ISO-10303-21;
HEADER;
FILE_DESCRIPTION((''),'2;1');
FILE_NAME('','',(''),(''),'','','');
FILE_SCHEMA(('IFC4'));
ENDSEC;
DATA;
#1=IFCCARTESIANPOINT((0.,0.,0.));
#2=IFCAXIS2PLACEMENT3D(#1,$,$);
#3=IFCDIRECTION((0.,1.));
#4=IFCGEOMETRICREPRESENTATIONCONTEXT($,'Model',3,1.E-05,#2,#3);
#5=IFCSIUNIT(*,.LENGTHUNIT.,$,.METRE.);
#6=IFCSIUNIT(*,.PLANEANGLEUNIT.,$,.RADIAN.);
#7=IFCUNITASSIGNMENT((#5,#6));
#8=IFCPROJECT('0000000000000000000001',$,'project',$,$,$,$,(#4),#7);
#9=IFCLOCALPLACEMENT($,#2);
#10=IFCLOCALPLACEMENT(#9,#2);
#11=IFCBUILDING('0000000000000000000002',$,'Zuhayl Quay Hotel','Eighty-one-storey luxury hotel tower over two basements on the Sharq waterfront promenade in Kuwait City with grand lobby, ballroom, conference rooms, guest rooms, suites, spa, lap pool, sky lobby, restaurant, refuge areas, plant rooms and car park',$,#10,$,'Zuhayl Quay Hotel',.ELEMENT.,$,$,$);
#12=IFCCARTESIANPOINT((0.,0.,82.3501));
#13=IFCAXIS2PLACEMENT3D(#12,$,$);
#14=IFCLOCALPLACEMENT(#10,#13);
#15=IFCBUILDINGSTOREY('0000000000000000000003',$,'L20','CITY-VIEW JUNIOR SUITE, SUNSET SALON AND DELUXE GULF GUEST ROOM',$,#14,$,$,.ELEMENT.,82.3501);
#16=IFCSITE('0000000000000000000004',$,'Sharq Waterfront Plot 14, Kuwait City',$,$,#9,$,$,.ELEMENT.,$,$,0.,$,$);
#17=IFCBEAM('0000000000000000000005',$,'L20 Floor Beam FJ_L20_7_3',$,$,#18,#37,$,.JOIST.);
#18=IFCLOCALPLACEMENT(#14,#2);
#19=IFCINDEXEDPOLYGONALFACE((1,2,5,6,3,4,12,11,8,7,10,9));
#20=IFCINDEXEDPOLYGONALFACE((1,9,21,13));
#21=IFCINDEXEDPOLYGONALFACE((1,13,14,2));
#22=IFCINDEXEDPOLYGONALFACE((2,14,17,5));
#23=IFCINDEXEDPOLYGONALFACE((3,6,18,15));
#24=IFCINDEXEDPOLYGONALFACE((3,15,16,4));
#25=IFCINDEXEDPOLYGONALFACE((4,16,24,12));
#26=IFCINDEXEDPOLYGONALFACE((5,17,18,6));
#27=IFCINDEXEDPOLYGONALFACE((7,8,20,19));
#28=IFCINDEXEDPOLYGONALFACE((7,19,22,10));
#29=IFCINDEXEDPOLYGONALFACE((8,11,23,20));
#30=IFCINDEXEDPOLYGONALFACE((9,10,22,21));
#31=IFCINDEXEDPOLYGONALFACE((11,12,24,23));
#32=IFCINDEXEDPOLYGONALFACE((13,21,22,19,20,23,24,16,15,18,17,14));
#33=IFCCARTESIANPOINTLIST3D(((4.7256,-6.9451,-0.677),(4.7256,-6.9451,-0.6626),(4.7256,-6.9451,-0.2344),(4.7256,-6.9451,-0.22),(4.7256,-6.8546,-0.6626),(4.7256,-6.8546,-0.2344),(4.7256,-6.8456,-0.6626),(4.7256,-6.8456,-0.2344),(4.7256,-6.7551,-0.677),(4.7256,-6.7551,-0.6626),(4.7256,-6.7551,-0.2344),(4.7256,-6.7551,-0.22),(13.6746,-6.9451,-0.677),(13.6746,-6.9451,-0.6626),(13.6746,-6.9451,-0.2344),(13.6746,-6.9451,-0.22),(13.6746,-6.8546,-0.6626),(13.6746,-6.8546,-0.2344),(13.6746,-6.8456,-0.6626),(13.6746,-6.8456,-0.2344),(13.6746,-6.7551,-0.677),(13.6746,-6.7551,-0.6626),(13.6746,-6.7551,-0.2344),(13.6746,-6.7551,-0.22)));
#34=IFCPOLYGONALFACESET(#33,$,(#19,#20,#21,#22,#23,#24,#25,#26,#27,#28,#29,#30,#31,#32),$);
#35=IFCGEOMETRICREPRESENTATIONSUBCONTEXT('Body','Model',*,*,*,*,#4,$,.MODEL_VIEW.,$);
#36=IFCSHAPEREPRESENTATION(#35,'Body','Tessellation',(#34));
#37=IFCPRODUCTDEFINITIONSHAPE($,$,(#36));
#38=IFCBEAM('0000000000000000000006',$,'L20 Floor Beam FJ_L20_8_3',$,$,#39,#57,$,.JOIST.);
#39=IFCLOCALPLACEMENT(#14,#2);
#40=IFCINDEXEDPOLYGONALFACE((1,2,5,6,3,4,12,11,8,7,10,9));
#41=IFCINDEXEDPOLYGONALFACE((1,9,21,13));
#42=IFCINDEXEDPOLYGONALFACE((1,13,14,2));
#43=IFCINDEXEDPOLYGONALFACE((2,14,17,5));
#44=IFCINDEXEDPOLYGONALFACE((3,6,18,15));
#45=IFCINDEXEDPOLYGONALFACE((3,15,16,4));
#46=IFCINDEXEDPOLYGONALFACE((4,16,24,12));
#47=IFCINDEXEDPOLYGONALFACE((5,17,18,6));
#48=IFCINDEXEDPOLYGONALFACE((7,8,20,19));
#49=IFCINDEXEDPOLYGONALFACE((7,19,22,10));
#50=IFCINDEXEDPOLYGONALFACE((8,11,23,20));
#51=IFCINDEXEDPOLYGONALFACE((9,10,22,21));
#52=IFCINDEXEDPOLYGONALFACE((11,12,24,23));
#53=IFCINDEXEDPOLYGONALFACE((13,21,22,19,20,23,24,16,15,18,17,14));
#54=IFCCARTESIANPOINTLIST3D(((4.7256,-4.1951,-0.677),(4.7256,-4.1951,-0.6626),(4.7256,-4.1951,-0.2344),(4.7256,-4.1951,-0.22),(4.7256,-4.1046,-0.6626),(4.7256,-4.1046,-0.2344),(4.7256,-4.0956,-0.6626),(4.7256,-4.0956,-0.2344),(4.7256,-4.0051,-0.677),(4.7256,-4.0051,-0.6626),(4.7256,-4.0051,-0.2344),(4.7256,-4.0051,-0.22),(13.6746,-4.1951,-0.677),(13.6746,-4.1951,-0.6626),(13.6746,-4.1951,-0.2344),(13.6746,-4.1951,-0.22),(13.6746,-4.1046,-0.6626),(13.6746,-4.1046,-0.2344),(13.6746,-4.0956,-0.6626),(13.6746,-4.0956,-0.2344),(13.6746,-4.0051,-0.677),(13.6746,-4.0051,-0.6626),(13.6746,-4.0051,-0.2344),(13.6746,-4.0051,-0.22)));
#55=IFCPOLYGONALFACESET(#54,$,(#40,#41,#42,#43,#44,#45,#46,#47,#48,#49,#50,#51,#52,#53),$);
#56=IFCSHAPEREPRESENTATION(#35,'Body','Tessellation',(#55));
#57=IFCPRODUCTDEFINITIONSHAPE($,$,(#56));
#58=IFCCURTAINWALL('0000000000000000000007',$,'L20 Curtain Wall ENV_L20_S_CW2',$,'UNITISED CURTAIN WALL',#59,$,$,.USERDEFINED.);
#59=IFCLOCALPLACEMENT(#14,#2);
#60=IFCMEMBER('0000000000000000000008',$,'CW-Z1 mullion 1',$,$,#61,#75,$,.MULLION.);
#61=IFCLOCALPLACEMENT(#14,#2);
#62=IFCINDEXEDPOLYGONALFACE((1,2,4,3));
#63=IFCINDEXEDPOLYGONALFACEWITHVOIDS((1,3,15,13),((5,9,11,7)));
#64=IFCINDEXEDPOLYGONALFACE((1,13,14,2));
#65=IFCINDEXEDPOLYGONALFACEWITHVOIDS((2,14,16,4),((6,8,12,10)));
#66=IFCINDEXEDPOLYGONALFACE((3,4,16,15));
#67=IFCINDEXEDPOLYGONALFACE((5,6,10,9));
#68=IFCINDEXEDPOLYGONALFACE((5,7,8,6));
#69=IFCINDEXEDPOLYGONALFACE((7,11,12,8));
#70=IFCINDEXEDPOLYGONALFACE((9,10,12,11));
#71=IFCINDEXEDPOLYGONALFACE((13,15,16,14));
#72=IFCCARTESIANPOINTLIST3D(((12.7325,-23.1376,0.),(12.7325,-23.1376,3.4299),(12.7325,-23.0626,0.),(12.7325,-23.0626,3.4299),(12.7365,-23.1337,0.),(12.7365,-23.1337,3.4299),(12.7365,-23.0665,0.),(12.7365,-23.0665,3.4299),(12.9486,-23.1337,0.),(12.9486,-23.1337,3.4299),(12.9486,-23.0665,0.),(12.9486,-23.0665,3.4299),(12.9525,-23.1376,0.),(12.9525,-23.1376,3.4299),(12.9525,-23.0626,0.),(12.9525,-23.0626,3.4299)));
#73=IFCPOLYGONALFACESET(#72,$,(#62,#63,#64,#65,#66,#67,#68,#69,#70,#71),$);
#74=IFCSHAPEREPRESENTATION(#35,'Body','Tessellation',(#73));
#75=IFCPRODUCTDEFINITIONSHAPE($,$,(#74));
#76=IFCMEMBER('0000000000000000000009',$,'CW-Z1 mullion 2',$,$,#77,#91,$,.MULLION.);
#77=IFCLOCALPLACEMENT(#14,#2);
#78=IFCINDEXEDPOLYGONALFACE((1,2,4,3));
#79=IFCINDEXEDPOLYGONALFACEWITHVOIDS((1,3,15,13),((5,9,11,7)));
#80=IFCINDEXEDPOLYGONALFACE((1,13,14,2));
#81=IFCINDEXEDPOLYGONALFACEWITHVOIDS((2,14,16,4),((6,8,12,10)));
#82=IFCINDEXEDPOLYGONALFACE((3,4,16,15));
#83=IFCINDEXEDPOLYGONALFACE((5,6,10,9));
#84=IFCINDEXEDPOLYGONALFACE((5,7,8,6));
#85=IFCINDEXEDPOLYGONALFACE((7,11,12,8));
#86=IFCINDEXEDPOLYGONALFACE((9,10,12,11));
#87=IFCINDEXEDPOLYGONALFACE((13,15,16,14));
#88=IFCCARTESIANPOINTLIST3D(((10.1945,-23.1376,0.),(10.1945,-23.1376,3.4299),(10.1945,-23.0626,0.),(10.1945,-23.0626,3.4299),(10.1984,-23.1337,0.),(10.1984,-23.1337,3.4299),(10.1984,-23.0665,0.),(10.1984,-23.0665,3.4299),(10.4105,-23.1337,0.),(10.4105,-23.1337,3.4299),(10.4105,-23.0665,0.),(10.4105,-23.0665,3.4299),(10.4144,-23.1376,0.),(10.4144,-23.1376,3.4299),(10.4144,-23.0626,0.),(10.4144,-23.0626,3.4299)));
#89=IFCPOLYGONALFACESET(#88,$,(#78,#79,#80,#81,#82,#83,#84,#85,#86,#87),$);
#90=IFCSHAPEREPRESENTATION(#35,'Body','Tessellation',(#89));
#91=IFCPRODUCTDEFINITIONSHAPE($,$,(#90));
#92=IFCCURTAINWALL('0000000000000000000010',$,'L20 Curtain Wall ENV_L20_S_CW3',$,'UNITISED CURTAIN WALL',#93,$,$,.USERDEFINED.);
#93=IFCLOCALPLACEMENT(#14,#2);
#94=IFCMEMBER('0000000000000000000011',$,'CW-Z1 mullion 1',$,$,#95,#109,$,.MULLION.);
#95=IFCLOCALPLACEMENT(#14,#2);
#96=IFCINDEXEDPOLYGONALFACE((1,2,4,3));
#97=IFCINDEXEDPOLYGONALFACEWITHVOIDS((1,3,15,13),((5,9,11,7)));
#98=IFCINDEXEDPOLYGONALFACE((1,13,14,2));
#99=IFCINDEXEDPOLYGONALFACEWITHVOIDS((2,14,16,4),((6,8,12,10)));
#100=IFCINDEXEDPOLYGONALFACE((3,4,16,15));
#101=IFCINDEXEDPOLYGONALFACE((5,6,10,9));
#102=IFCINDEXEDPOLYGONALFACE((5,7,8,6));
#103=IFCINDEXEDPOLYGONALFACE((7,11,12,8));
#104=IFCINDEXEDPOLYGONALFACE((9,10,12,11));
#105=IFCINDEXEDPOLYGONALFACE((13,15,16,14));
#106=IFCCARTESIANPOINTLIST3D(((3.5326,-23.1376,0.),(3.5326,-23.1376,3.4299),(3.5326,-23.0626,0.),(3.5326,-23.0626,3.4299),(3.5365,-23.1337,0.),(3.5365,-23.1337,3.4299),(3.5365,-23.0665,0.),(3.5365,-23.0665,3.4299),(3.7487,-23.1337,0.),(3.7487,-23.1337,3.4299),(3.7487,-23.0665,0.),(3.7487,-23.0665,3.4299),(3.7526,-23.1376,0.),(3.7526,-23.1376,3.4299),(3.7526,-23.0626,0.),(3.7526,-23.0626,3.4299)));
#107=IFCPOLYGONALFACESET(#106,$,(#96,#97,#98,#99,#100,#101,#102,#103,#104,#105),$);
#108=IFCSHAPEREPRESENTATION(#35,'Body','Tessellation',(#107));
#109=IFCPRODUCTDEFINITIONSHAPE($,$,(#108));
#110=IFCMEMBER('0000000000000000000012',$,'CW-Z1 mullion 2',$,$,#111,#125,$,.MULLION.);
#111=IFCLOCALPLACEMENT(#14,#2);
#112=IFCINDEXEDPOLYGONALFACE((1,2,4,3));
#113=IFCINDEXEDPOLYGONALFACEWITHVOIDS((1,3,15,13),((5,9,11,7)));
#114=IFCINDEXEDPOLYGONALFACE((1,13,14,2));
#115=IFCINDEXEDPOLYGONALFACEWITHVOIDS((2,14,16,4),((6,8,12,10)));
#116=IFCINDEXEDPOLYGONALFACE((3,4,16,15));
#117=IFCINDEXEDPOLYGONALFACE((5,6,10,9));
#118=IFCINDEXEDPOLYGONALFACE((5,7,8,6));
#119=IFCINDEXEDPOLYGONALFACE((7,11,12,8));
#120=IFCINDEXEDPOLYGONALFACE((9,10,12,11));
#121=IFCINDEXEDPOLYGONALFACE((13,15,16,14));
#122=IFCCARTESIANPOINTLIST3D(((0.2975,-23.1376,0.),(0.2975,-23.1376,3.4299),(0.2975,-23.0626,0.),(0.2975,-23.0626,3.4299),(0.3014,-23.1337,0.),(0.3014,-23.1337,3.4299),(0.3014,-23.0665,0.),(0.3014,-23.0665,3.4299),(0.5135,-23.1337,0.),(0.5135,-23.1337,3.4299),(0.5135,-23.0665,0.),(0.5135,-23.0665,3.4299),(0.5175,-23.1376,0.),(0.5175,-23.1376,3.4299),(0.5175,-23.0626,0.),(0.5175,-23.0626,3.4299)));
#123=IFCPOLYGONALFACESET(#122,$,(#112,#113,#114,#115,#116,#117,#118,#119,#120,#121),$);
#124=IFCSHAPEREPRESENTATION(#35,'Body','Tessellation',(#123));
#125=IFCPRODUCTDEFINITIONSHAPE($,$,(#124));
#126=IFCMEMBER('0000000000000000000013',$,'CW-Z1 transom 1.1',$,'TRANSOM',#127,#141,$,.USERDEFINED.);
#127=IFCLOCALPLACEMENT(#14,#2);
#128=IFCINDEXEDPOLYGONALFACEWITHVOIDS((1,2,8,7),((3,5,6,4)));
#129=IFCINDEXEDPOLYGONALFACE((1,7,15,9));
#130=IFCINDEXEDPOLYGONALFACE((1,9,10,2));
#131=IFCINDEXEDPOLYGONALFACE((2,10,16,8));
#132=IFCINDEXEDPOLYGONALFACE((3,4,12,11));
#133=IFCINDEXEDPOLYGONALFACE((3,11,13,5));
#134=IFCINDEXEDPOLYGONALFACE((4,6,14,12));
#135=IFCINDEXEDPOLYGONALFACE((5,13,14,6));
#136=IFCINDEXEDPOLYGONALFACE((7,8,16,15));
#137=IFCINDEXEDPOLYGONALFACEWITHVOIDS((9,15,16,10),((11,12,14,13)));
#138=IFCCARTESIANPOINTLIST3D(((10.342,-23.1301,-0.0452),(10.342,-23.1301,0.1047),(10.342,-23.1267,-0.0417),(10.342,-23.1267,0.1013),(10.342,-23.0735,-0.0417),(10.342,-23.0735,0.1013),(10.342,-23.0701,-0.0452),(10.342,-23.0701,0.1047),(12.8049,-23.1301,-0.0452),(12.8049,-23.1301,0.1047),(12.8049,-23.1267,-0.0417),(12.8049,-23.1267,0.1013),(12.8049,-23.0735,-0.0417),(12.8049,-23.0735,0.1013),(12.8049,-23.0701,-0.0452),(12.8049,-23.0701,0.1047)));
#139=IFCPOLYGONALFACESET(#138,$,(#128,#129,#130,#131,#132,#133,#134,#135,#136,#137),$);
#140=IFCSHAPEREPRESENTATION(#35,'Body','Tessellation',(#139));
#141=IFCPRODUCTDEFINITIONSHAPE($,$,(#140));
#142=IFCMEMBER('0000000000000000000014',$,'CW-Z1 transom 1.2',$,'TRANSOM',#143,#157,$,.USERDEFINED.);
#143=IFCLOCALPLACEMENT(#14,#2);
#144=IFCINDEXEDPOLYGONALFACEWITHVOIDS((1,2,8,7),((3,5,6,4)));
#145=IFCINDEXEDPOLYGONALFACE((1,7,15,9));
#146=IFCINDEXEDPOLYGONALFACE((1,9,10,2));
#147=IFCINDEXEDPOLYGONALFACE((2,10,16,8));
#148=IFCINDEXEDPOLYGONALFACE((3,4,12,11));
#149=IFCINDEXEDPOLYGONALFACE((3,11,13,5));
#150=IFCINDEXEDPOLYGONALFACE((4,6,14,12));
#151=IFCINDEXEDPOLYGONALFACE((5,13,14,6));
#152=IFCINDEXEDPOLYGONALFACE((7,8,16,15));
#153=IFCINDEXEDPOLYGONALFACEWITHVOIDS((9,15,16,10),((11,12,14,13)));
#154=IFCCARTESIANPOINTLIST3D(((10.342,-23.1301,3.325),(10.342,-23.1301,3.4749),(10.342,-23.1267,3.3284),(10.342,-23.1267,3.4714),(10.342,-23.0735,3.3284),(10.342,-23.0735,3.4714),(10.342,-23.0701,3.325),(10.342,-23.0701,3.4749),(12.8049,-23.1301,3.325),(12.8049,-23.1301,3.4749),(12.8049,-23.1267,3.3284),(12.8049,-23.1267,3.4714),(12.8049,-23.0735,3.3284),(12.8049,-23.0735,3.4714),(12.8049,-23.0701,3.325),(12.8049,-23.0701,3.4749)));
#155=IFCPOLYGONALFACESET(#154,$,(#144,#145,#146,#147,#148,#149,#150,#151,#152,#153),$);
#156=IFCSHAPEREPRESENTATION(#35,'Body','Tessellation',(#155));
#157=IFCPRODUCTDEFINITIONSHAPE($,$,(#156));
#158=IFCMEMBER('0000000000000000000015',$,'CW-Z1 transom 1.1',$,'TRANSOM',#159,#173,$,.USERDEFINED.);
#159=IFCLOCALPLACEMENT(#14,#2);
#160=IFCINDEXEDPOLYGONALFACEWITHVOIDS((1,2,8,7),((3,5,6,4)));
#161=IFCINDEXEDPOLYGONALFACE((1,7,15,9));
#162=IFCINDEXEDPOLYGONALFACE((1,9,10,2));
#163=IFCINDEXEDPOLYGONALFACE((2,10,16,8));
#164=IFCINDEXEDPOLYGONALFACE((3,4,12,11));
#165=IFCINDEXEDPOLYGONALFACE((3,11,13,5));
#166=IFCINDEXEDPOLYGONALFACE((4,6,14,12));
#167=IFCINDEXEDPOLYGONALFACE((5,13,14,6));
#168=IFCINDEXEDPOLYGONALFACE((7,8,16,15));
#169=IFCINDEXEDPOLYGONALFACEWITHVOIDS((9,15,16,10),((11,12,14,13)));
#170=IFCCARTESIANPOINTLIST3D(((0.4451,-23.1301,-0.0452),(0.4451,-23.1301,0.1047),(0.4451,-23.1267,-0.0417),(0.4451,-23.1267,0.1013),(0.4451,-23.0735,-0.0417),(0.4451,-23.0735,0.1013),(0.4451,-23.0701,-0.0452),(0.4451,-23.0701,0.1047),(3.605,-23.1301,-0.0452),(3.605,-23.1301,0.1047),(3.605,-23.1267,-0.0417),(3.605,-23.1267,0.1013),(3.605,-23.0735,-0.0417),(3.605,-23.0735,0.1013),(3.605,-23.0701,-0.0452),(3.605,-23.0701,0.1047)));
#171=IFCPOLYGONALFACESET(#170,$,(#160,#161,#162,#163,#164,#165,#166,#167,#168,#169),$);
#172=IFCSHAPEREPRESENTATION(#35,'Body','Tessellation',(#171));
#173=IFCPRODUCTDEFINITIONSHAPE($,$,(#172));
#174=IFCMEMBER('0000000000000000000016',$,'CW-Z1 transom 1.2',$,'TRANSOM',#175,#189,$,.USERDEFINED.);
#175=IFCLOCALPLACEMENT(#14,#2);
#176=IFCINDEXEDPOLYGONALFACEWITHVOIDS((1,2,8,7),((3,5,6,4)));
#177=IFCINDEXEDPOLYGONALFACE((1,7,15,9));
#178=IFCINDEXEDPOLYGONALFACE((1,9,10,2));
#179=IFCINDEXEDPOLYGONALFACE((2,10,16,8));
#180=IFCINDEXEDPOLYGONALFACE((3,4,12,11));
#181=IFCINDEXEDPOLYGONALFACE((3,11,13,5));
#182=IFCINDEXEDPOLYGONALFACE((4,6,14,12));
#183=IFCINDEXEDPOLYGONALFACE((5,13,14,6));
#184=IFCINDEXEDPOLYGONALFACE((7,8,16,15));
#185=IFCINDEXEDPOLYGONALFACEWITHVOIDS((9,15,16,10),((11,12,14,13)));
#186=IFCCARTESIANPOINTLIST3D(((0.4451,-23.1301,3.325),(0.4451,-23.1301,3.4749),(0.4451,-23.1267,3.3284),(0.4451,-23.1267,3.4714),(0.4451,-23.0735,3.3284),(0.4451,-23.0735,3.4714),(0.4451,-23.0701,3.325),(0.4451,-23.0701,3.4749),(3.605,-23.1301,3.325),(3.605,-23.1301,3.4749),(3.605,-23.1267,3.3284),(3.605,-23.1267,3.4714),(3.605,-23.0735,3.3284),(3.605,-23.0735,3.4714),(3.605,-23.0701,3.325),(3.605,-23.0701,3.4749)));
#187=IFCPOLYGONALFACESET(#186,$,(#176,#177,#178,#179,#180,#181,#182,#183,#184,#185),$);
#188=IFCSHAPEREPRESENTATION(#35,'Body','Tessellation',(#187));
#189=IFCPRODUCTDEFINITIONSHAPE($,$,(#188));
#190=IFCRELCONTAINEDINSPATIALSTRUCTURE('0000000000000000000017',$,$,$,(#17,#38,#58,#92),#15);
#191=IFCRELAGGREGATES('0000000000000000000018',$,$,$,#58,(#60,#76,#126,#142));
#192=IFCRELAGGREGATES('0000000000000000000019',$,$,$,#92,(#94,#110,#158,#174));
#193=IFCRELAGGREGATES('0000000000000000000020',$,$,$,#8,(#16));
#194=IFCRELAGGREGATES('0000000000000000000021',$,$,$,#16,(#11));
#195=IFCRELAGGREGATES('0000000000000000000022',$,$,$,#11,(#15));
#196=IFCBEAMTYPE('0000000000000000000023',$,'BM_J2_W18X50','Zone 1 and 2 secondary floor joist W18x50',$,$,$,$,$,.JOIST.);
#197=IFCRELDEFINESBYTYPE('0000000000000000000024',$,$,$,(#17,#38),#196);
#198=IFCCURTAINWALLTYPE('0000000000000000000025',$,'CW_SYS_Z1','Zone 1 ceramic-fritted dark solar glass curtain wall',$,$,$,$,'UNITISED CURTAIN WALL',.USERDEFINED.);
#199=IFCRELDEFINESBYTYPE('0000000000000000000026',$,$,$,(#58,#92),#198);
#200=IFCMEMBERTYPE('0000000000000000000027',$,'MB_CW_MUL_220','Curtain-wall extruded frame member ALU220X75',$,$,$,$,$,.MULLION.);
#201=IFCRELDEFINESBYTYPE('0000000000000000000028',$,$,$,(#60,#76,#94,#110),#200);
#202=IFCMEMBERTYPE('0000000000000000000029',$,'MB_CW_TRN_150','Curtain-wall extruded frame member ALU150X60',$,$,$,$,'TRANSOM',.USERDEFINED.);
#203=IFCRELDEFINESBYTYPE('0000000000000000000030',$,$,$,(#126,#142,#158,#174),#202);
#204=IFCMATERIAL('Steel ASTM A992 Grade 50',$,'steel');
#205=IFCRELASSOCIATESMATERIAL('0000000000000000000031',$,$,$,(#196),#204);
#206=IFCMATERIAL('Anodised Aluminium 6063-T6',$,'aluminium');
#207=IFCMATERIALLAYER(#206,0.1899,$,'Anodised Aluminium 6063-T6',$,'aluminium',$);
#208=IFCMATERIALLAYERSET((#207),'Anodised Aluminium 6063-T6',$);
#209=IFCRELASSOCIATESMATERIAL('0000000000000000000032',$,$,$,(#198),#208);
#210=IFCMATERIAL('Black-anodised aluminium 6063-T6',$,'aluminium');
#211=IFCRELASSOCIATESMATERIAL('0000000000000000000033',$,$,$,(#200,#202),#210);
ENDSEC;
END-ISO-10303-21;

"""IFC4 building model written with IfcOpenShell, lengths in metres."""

from ifc_helpers import new_model, si_unit, direction, frame, origin, origin_2d, place, context, subcontext, project, spatial, hollow_rectangle, i_section, extrude, material, layer, layer_set, material_profile, profile_set, type_object, element, aggregate, save


model = new_model("IFC4")

# Units and contexts
model_context = context("Model", 3, precision=1e-05, world=origin(), true_north=direction((0.0, 1.0)))
body_context = subcontext(model_context, "Body", "Model", "MODEL_VIEW")
ifc_project = project(units=[si_unit("LENGTHUNIT", "METRE"), si_unit("PLANEANGLEUNIT", "RADIAN")], contexts=[model_context])

# Site, building, storey
site_placement = place(None, origin())
site = spatial("IfcSite", under=ifc_project, at=site_placement, Name="Sharq Waterfront Plot 14, Kuwait City", CompositionType="ELEMENT", RefElevation=0.0)
building_placement = place(site_placement, origin())
building = spatial("IfcBuilding", under=site, at=building_placement, Name="Zuhayl Quay Hotel", Description="Eighty-one-storey luxury hotel tower over two basements on the Sharq waterfront promenade in Kuwait City with grand lobby, ballroom, conference rooms, guest rooms, suites, spa, lap pool, sky lobby, restaurant, refuge areas, plant rooms and car park", LongName="Zuhayl Quay Hotel", CompositionType="ELEMENT")
storey_placement = place(building_placement, frame((0.0, 0.0, 82.3501)))
storey = spatial("IfcBuildingStorey", under=building, at=storey_placement, Name="L20", Description="CITY-VIEW JUNIOR SUITE, SUNSET SALON AND DELUXE GULF GUEST ROOM", CompositionType="ELEMENT", Elevation=82.3501)

# Beams
ifc_material_1 = material(Name="Steel ASTM A992 Grade 50", Category="steel")
ifc_material_profile_1 = material_profile(ifc_material_1, i_section(OverallWidth=0.1899, OverallDepth=0.457, WebThickness=0.009, FlangeThickness=0.0144, at=origin_2d()), Name="W18X50")
ifc_profile_set_1 = profile_set([ifc_material_profile_1], Name="Steel ASTM A992 Grade 50")
beam_type_1 = type_object("IfcBeamType", Name="BM_J2_W18X50", Description="Zone 1 and 2 secondary floor joist W18x50", PredefinedType="JOIST", material=ifc_profile_set_1)
for number, where, z_axis, x_axis, name in (
    (1, (4.7256, -6.8501, -0.4485), (1.0, 0.0, 0.0), (0.0, 1.0, 0.0), "L20 Floor Beam FJ_L20_7_3"),
    (2, (4.7256, -4.1001, -0.4485), (1.0, 0.0, 0.0), (0.0, 1.0, 0.0), "L20 Floor Beam FJ_L20_8_3"),
):
    element("IfcBeam", number, at=place(storey_placement, frame(where, z_axis=z_axis, x_axis=x_axis)), inside=storey, type_object=beam_type_1, Name=name, PredefinedType="JOIST", context=body_context, shape_type="SweptSolid", body=[
        extrude(i_section(OverallWidth=0.1899, OverallDepth=0.457, WebThickness=0.009, FlangeThickness=0.0144, at=origin_2d()), origin(), (0.0, 0.0, 1.0), 8.949),
    ])

# Curtain walls, members
ifc_material_2 = material(Name="Anodised Aluminium 6063-T6", Category="aluminium")
ifc_layer_1 = layer(ifc_material_2, 0.1899, Name="Anodised Aluminium 6063-T6", Category="aluminium")
ifc_layer_set_1 = layer_set([ifc_layer_1], Name="Anodised Aluminium 6063-T6")
curtain_wall_type = type_object("IfcCurtainWallType", Name="CW_SYS_Z1", Description="Zone 1 ceramic-fritted dark solar glass curtain wall", ElementType="UNITISED CURTAIN WALL", PredefinedType="USERDEFINED", material=ifc_layer_set_1)
curtain_wall_1_placement = place(storey_placement, origin())
curtain_wall_1 = element("IfcCurtainWall", 3, at=curtain_wall_1_placement, inside=storey, type_object=curtain_wall_type, Name="L20 Curtain Wall ENV_L20_S_CW2", ObjectType="UNITISED CURTAIN WALL", PredefinedType="USERDEFINED")
ifc_material_3 = material(Name="Black-anodised aluminium 6063-T6", Category="aluminium")
ifc_material_profile_2 = material_profile(ifc_material_3, hollow_rectangle(XDim=0.075, YDim=0.22, WallThickness=0.0039, at=origin_2d()), Name="ALU220X75")
ifc_profile_set_2 = profile_set([ifc_material_profile_2], Name="Black-anodised aluminium 6063-T6")
member_type_1 = type_object("IfcMemberType", Name="MB_CW_MUL_220", Description="Curtain-wall extruded frame member ALU220X75", PredefinedType="MULLION", material=ifc_profile_set_2)
member_1_placement = place(storey_placement, frame((12.8425, -23.1001, 0.0), z_axis=(0.0, 0.0, 1.0), x_axis=(0.0, -1.0, 0.0)))
member_1 = element("IfcMember", 4, at=member_1_placement, type_object=member_type_1, Name="CW-Z1 mullion 1", PredefinedType="MULLION", context=body_context, shape_type="SweptSolid", body=[
    extrude(hollow_rectangle(XDim=0.075, YDim=0.22, WallThickness=0.0039, at=origin_2d()), origin(), (0.0, 0.0, 1.0), 3.4299),
])
member_2_placement = place(storey_placement, frame((10.3044, -23.1001, 0.0), z_axis=(0.0, 0.0, 1.0), x_axis=(0.0, -1.0, 0.0)))
member_2 = element("IfcMember", 5, at=member_2_placement, type_object=member_type_1, Name="CW-Z1 mullion 2", PredefinedType="MULLION", context=body_context, shape_type="SweptSolid", body=[
    extrude(hollow_rectangle(XDim=0.075, YDim=0.22, WallThickness=0.0039, at=origin_2d()), origin(), (0.0, 0.0, 1.0), 3.4299),
])
curtain_wall_2_placement = place(storey_placement, origin())
curtain_wall_2 = element("IfcCurtainWall", 6, at=curtain_wall_2_placement, inside=storey, type_object=curtain_wall_type, Name="L20 Curtain Wall ENV_L20_S_CW3", ObjectType="UNITISED CURTAIN WALL", PredefinedType="USERDEFINED")
member_3_placement = place(storey_placement, frame((3.6426, -23.1001, 0.0), z_axis=(0.0, 0.0, 1.0), x_axis=(0.0, -1.0, 0.0)))
member_3 = element("IfcMember", 7, at=member_3_placement, type_object=member_type_1, Name="CW-Z1 mullion 1", PredefinedType="MULLION", context=body_context, shape_type="SweptSolid", body=[
    extrude(hollow_rectangle(XDim=0.075, YDim=0.22, WallThickness=0.0039, at=origin_2d()), origin(), (0.0, 0.0, 1.0), 3.4299),
])
member_4_placement = place(storey_placement, frame((0.4075, -23.1001, 0.0), z_axis=(0.0, 0.0, 1.0), x_axis=(0.0, -1.0, 0.0)))
member_4 = element("IfcMember", 8, at=member_4_placement, type_object=member_type_1, Name="CW-Z1 mullion 2", PredefinedType="MULLION", context=body_context, shape_type="SweptSolid", body=[
    extrude(hollow_rectangle(XDim=0.075, YDim=0.22, WallThickness=0.0039, at=origin_2d()), origin(), (0.0, 0.0, 1.0), 3.4299),
])

# Members
ifc_material_profile_3 = material_profile(ifc_material_3, hollow_rectangle(XDim=0.0601, YDim=0.1499, WallThickness=0.0034, at=origin_2d()), Name="ALU150X60")
ifc_profile_set_3 = profile_set([ifc_material_profile_3], Name="Black-anodised aluminium 6063-T6")
member_type_2 = type_object("IfcMemberType", Name="MB_CW_TRN_150", Description="Curtain-wall extruded frame member ALU150X60", ElementType="TRANSOM", PredefinedType="USERDEFINED", material=ifc_profile_set_3)
member_5_placement = place(storey_placement, frame((12.8049, -23.1001, 0.0298), z_axis=(-1.0, 0.0, 0.0), x_axis=(0.0, -1.0, 0.0)))
member_5 = element("IfcMember", 9, at=member_5_placement, type_object=member_type_2, Name="CW-Z1 transom 1.1", ObjectType="TRANSOM", PredefinedType="USERDEFINED", context=body_context, shape_type="SweptSolid", body=[
    extrude(hollow_rectangle(XDim=0.0601, YDim=0.1499, WallThickness=0.0034, at=origin_2d()), origin(), (0.0, 0.0, 1.0), 2.4629),
])
member_6_placement = place(storey_placement, frame((12.8049, -23.1001, 3.3999), z_axis=(-1.0, 0.0, 0.0), x_axis=(0.0, -1.0, 0.0)))
member_6 = element("IfcMember", 10, at=member_6_placement, type_object=member_type_2, Name="CW-Z1 transom 1.2", ObjectType="TRANSOM", PredefinedType="USERDEFINED", context=body_context, shape_type="SweptSolid", body=[
    extrude(hollow_rectangle(XDim=0.0601, YDim=0.1499, WallThickness=0.0034, at=origin_2d()), origin(), (0.0, 0.0, 1.0), 2.4629),
])
member_7_placement = place(storey_placement, frame((3.605, -23.1001, 0.0298), z_axis=(-1.0, 0.0, 0.0), x_axis=(0.0, -1.0, 0.0)))
member_7 = element("IfcMember", 11, at=member_7_placement, type_object=member_type_2, Name="CW-Z1 transom 1.1", ObjectType="TRANSOM", PredefinedType="USERDEFINED", context=body_context, shape_type="SweptSolid", body=[
    extrude(hollow_rectangle(XDim=0.0601, YDim=0.1499, WallThickness=0.0034, at=origin_2d()), origin(), (0.0, 0.0, 1.0), 3.1599),
])
member_8_placement = place(storey_placement, frame((3.605, -23.1001, 3.3999), z_axis=(-1.0, 0.0, 0.0), x_axis=(0.0, -1.0, 0.0)))
member_8 = element("IfcMember", 12, at=member_8_placement, type_object=member_type_2, Name="CW-Z1 transom 1.2", ObjectType="TRANSOM", PredefinedType="USERDEFINED", context=body_context, shape_type="SweptSolid", body=[
    extrude(hollow_rectangle(XDim=0.0601, YDim=0.1499, WallThickness=0.0034, at=origin_2d()), origin(), (0.0, 0.0, 1.0), 3.1599),
])

aggregate(curtain_wall_1, [member_1, member_2, member_5, member_6])
aggregate(curtain_wall_2, [member_3, member_4, member_7, member_8])

save(model, "model.ifc")
